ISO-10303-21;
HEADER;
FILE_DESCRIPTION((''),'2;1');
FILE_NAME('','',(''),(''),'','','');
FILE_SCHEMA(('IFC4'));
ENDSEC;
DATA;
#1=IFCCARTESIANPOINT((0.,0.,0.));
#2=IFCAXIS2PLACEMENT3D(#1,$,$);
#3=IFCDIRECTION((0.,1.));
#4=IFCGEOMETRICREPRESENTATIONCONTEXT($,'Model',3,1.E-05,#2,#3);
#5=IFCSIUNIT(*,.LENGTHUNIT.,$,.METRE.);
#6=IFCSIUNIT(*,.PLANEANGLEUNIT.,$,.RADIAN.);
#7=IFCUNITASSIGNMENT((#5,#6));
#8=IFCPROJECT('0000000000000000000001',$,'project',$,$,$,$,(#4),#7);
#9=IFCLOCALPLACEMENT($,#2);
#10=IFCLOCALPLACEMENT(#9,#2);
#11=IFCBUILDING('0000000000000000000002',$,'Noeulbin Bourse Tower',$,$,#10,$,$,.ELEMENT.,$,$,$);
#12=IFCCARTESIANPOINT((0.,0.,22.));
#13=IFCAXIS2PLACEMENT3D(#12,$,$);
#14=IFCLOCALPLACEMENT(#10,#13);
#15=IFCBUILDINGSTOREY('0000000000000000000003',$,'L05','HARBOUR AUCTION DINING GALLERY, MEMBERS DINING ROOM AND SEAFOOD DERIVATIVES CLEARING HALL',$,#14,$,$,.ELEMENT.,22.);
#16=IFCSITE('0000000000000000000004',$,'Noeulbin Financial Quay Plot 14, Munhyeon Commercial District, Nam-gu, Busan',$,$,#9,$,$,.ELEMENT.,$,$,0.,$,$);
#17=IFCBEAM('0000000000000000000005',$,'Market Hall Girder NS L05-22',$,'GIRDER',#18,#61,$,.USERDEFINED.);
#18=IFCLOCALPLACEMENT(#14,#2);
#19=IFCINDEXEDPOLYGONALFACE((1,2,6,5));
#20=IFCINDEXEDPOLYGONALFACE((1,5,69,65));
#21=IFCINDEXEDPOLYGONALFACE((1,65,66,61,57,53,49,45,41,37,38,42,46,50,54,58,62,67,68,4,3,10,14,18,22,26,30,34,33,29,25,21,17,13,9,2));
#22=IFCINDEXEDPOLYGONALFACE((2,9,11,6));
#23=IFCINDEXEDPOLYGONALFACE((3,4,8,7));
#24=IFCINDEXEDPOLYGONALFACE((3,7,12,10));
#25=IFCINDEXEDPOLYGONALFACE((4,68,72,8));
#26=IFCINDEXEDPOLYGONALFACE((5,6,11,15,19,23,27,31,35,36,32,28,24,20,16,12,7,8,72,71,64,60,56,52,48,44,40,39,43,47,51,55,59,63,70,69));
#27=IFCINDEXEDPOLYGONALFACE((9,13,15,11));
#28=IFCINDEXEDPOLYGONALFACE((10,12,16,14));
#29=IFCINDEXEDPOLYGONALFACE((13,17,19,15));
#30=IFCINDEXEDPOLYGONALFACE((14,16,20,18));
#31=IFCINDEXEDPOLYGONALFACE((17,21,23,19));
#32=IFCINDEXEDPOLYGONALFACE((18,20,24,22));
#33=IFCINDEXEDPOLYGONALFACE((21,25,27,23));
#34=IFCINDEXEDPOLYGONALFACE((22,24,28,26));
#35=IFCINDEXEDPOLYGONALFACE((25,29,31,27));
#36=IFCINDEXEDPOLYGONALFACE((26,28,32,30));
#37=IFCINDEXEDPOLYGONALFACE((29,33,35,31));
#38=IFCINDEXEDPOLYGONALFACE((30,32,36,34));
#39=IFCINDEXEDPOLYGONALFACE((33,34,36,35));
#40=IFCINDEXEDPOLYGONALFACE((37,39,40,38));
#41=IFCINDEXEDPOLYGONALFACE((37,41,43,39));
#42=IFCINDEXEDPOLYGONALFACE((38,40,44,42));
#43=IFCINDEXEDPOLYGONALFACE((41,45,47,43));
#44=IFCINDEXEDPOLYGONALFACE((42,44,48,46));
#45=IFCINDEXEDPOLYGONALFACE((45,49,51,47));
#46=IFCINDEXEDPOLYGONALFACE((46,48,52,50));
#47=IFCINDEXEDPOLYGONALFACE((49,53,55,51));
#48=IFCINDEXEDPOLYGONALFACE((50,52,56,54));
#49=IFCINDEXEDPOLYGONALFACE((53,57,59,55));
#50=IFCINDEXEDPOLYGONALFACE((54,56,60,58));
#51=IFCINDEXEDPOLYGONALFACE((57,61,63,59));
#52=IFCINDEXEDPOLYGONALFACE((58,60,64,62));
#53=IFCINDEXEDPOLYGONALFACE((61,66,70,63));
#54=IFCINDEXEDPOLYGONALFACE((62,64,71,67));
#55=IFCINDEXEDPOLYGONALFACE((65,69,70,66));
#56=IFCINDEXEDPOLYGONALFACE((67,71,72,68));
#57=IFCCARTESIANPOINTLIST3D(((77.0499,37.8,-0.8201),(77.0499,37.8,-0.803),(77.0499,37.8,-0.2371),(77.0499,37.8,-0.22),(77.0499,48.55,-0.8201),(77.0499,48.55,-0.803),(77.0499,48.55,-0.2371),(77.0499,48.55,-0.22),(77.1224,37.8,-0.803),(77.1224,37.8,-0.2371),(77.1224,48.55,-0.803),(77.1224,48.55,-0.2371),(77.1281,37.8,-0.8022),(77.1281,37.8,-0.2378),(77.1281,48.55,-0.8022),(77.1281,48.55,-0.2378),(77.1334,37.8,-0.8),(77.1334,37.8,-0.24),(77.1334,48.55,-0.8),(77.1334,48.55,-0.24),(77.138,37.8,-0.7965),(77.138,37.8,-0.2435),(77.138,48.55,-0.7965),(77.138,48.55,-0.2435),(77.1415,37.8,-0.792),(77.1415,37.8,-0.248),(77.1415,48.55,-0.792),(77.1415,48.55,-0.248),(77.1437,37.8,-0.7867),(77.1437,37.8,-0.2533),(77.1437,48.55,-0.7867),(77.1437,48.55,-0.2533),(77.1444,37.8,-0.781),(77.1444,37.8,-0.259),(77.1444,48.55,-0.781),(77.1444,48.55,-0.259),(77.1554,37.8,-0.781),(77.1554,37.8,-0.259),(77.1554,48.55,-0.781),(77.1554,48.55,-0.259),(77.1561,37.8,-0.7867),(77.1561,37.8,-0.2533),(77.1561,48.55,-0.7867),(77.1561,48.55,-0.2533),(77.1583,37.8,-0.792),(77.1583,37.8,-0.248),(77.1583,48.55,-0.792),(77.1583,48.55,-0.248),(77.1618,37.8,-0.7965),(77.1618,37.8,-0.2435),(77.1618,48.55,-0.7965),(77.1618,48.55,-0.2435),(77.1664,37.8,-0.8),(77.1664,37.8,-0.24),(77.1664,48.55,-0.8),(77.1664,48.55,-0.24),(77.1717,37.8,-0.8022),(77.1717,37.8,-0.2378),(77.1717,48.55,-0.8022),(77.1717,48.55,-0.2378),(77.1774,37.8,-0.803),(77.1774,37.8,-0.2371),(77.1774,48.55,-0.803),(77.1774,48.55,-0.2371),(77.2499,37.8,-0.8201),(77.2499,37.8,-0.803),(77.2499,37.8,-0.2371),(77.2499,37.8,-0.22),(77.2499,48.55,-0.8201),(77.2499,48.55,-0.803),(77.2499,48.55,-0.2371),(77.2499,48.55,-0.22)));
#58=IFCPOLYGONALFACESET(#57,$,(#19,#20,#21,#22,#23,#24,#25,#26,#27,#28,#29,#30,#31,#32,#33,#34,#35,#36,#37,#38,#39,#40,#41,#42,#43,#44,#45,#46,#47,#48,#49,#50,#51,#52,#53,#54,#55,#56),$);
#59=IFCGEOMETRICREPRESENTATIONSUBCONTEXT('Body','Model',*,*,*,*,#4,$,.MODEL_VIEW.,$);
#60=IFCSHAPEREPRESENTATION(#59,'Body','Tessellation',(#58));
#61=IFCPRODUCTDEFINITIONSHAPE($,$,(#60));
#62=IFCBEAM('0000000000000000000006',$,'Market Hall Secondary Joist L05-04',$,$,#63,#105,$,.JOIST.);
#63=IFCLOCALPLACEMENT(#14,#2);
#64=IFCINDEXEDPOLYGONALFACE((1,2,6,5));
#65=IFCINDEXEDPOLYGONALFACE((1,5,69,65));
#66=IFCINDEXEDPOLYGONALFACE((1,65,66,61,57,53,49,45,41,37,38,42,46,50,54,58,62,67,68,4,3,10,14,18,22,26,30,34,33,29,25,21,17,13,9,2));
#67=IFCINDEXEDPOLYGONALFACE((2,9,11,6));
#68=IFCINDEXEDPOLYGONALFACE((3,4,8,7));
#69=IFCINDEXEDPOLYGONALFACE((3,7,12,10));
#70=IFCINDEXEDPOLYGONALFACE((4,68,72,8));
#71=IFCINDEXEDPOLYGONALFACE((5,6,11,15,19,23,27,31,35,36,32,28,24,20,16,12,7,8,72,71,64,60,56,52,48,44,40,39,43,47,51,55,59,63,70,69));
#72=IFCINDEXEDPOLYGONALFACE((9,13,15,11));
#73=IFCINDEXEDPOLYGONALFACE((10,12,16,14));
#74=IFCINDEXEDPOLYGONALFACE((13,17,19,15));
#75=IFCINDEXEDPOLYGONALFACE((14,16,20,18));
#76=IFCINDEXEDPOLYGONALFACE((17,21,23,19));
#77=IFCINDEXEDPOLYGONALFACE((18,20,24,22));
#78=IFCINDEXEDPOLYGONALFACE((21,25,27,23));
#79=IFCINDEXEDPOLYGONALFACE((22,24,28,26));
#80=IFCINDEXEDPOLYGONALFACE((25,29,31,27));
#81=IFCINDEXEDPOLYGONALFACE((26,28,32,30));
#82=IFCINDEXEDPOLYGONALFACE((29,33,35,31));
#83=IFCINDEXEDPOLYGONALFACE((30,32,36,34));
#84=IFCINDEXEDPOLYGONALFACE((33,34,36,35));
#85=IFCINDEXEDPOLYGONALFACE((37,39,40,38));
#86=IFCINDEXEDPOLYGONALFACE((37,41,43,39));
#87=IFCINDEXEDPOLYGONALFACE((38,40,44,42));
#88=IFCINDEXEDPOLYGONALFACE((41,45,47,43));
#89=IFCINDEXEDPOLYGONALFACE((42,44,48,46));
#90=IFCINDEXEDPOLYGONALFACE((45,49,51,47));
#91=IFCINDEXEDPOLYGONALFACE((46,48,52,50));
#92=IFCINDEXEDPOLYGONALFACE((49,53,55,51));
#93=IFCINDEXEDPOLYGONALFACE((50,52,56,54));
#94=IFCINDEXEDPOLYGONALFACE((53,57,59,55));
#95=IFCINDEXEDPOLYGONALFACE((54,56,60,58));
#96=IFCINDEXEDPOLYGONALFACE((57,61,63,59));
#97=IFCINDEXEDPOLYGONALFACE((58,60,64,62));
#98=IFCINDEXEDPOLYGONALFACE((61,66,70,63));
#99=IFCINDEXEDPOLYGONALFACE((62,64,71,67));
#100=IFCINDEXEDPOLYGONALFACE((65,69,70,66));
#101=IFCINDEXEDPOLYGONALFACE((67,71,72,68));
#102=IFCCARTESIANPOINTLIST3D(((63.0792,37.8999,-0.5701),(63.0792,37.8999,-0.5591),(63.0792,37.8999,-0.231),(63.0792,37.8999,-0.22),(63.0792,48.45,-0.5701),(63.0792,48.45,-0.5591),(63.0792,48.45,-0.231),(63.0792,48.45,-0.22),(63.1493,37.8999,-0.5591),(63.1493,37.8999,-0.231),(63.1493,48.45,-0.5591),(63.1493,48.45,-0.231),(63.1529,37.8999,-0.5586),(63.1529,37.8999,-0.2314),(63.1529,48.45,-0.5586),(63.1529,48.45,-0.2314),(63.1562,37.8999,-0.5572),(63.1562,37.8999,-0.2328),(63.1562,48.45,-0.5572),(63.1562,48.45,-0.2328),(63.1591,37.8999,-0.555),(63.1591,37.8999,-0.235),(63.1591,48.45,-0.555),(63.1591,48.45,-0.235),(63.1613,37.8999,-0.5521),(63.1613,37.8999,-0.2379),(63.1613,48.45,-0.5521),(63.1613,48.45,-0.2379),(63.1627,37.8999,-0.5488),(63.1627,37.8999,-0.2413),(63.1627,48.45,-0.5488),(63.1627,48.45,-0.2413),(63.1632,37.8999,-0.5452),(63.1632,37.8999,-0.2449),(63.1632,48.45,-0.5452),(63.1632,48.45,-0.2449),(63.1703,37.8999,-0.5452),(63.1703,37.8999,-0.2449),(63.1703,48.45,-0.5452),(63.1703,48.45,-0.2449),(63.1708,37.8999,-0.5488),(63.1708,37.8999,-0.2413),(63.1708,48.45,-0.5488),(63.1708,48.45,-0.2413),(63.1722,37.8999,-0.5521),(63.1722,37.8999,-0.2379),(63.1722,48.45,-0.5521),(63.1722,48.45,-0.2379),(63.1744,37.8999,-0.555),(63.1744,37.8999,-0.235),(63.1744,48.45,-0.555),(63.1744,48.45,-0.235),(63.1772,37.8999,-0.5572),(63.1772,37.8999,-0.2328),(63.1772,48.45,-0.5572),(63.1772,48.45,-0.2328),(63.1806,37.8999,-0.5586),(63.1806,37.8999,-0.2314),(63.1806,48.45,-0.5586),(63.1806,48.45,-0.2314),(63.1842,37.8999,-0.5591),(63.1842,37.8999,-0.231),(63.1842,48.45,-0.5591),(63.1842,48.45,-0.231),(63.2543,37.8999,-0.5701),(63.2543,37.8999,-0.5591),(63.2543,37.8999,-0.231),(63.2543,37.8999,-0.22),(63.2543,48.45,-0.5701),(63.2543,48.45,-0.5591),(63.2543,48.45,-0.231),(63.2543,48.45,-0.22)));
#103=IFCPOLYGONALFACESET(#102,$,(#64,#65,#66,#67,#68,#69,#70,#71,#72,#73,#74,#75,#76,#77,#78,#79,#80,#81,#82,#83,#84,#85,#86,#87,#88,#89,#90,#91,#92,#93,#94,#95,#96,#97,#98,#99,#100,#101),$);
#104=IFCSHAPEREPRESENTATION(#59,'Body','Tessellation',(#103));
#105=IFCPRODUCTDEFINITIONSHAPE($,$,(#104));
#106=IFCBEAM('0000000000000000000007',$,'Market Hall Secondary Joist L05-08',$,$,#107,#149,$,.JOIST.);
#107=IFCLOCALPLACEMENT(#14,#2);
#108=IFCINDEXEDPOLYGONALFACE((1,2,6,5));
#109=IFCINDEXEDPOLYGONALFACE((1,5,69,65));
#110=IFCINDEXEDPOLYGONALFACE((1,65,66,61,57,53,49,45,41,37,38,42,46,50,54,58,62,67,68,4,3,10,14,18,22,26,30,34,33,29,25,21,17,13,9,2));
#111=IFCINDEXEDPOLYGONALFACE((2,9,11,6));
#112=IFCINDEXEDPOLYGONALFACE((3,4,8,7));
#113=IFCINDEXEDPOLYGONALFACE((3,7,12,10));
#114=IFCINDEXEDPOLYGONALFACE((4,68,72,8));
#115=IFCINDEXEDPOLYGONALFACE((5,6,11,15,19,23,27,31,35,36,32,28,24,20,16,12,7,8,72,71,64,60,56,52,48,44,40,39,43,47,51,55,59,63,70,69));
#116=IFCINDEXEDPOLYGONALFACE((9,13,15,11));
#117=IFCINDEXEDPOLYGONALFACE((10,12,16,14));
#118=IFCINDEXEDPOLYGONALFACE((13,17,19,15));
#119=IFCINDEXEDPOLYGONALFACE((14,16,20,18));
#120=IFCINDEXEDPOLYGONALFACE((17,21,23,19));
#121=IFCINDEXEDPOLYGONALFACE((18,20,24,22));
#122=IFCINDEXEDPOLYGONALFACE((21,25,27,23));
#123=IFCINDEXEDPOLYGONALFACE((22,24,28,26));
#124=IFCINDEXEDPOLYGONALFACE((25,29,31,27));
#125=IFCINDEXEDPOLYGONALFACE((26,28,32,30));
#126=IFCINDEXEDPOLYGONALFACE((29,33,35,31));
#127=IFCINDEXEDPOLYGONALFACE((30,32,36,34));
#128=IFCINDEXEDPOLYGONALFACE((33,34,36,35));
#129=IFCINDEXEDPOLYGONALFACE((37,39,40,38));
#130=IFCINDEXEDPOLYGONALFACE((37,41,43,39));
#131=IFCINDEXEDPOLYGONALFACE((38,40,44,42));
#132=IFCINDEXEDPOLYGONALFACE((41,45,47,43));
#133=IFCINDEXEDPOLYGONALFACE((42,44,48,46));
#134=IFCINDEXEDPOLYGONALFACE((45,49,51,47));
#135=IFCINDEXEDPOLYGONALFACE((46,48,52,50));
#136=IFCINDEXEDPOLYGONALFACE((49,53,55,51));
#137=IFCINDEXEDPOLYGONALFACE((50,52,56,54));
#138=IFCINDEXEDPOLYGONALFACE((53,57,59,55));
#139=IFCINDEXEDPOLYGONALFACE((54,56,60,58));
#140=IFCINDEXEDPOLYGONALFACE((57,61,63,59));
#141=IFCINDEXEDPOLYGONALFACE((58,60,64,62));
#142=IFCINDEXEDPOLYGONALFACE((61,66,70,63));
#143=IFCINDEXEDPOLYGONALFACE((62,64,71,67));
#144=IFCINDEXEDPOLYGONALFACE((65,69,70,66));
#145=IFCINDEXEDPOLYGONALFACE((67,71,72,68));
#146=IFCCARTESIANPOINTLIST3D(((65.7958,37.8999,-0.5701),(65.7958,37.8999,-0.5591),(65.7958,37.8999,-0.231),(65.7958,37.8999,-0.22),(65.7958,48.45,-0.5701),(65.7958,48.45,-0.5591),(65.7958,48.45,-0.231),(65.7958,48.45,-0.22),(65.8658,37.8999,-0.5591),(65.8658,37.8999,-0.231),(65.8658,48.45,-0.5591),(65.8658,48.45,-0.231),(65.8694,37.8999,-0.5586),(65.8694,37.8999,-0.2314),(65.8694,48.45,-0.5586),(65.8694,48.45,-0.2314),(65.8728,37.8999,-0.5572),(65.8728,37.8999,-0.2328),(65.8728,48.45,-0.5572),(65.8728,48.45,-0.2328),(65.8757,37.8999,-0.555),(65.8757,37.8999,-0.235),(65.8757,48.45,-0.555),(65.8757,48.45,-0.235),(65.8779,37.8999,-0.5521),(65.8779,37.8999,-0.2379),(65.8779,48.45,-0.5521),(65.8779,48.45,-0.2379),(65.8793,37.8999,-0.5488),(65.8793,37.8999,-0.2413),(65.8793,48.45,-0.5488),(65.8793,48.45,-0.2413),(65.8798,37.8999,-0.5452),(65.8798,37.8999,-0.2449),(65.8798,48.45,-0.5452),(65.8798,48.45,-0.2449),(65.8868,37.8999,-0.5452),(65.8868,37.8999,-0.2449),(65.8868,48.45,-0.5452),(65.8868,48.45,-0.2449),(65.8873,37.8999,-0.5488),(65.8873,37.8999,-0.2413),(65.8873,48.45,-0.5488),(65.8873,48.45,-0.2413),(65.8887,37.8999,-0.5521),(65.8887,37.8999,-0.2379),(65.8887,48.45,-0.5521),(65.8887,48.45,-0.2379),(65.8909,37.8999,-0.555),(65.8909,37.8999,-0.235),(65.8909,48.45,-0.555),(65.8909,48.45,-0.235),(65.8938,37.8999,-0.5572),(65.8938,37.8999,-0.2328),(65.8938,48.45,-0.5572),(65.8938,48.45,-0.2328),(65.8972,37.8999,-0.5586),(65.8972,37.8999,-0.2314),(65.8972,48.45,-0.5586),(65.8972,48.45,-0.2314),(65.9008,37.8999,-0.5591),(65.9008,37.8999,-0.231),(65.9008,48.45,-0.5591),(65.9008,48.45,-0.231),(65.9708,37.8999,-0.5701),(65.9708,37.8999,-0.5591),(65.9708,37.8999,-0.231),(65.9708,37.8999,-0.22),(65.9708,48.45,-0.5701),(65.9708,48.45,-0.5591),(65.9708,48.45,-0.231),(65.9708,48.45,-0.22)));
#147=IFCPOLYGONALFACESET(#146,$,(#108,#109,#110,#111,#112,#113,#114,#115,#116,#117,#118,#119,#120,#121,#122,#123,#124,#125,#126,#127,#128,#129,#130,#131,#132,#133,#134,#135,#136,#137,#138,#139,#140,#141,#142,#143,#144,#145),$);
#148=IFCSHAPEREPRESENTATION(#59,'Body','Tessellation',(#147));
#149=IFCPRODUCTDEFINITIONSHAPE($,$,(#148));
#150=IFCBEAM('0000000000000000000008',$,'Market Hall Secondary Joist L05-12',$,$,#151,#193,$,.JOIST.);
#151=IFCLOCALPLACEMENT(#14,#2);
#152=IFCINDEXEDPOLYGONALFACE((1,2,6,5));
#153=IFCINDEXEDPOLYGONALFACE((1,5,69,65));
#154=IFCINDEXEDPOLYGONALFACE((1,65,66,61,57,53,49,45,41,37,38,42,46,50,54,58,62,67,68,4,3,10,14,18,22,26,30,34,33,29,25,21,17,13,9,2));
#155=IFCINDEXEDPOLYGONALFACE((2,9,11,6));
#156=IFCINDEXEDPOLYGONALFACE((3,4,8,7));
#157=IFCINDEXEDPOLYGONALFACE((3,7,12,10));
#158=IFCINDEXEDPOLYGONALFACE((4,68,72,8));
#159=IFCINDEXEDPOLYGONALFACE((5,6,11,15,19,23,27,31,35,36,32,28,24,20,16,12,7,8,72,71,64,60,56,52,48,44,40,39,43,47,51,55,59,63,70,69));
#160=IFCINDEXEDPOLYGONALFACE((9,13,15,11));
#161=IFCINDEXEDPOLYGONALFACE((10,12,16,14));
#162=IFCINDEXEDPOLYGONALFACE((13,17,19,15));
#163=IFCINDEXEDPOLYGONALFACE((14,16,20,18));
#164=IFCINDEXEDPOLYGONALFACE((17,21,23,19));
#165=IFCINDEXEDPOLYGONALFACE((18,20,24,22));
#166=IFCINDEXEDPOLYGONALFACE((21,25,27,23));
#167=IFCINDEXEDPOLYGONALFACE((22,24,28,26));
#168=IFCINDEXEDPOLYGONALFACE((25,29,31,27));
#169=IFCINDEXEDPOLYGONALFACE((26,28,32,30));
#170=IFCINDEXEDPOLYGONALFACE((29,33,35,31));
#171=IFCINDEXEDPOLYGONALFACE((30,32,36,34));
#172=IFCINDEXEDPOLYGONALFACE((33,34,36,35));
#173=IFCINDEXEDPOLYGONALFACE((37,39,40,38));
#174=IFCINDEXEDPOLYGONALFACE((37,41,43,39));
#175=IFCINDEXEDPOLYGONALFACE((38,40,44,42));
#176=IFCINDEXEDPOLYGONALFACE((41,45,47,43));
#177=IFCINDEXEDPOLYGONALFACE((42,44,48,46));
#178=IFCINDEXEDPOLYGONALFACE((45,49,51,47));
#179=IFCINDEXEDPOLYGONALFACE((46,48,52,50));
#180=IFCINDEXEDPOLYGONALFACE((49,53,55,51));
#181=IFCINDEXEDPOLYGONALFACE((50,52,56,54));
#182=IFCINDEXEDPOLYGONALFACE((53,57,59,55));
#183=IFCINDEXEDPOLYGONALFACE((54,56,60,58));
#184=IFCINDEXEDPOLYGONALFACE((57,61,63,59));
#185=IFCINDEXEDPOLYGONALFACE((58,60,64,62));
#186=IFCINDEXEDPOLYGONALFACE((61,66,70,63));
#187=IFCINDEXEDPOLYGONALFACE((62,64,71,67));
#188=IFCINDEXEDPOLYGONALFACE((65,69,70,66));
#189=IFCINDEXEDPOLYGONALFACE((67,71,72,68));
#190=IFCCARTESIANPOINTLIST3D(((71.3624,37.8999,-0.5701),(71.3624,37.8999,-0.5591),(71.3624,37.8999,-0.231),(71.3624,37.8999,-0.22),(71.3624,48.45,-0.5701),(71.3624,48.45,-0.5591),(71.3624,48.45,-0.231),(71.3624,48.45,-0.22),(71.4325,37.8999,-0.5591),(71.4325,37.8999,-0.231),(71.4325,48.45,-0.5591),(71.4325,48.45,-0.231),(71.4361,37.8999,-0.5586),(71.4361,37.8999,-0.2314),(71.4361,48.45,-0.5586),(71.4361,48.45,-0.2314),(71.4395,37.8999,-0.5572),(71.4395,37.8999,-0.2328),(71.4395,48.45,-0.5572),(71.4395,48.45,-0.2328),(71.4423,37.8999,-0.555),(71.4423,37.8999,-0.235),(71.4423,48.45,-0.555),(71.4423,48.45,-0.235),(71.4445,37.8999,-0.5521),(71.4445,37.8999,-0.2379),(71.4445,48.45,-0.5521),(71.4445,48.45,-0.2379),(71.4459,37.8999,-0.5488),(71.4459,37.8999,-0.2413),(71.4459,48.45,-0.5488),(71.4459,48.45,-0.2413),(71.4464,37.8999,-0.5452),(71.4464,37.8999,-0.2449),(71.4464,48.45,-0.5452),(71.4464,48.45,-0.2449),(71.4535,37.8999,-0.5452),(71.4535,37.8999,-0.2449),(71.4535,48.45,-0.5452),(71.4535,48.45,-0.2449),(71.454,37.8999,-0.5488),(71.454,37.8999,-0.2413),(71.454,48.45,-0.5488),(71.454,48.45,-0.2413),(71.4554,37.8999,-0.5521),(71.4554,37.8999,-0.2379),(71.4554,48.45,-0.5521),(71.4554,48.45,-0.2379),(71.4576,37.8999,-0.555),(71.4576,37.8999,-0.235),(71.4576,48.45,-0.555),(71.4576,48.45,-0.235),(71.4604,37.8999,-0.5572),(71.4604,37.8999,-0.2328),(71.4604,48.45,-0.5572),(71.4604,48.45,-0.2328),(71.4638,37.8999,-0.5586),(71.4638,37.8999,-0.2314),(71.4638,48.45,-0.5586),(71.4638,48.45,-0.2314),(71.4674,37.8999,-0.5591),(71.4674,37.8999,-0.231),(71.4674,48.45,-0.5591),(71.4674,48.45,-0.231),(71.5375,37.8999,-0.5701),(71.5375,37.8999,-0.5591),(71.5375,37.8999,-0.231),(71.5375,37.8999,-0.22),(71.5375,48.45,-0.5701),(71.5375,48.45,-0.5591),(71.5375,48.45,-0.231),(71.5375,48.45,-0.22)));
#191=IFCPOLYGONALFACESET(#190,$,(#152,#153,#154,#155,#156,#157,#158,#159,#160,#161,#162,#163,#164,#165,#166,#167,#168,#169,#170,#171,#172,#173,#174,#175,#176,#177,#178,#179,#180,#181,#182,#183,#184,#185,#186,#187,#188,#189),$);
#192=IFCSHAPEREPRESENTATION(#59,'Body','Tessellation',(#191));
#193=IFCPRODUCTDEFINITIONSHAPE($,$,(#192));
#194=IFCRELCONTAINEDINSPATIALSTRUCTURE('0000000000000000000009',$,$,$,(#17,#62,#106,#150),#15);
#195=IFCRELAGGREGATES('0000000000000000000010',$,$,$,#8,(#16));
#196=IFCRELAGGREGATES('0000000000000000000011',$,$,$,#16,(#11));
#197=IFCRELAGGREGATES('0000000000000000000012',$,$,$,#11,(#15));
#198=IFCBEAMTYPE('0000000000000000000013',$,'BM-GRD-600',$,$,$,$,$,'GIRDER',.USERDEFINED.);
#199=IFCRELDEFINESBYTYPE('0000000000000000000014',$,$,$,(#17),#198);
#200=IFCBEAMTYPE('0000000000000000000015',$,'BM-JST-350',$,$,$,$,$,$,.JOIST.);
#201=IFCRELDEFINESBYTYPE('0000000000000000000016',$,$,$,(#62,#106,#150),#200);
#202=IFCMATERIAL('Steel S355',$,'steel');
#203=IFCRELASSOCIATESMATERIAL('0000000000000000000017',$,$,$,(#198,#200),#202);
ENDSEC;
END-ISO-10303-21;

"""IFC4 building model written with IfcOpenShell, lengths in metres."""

from ifc_helpers import new_model, si_unit, direction, frame, origin, origin_2d, place, context, subcontext, project, spatial, i_section, extrude, material, material_profile, profile_set, type_object, element, save


model = new_model("IFC4")

# Units and contexts
model_context = context("Model", 3, precision=1e-05, world=origin(), true_north=direction((0.0, 1.0)))
body_context = subcontext(model_context, "Body", "Model", "MODEL_VIEW")
ifc_project = project(units=[si_unit("LENGTHUNIT", "METRE"), si_unit("PLANEANGLEUNIT", "RADIAN")], contexts=[model_context])

# Site, building, storey
site_placement = place(None, origin())
site = spatial("IfcSite", under=ifc_project, at=site_placement, Name="Noeulbin Financial Quay Plot 14, Munhyeon Commercial District, Nam-gu, Busan", CompositionType="ELEMENT", RefElevation=0.0)
building_placement = place(site_placement, origin())
building = spatial("IfcBuilding", under=site, at=building_placement, Name="Noeulbin Bourse Tower", CompositionType="ELEMENT")
storey_placement = place(building_placement, frame((0.0, 0.0, 22.0)))
storey = spatial("IfcBuildingStorey", under=building, at=storey_placement, Name="L05", Description="HARBOUR AUCTION DINING GALLERY, MEMBERS DINING ROOM AND SEAFOOD DERIVATIVES CLEARING HALL", CompositionType="ELEMENT", Elevation=22.0)

# Shared definitions
ifc_material_1 = material(Name="Steel S355", Category="steel")

# Beams
ifc_material_profile_1 = material_profile(ifc_material_1, i_section(OverallWidth=0.2, OverallDepth=0.6001, WebThickness=0.011, FlangeThickness=0.0171, FilletRadius=0.022, at=origin_2d()), Name="H-600x200x11x17", Category="LoadBearing")
ifc_profile_set_1 = profile_set([ifc_material_profile_1], Name="Steel S355")
beam_type_1 = type_object("IfcBeamType", Name="BM-GRD-600", ElementType="GIRDER", PredefinedType="USERDEFINED", material=ifc_profile_set_1)
for number, where, z_axis, x_axis, name in (
    (1, (77.1499, 37.8, -0.52), (0.0, 1.0, 0.0), (-1.0, 0.0, 0.0), "Market Hall Girder NS L05-22"),
):
    element("IfcBeam", number, at=place(storey_placement, frame(where, z_axis=z_axis, x_axis=x_axis)), inside=storey, type_object=beam_type_1, Name=name, ObjectType="GIRDER", PredefinedType="USERDEFINED", context=body_context, shape_type="SweptSolid", body=[
        extrude(i_section(OverallWidth=0.2, OverallDepth=0.6001, WebThickness=0.011, FlangeThickness=0.0171, FilletRadius=0.022, at=origin_2d()), origin(), (0.0, 0.0, 1.0), 10.75),
    ])
ifc_material_profile_2 = material_profile(ifc_material_1, i_section(OverallWidth=0.175, OverallDepth=0.3501, WebThickness=0.0071, FlangeThickness=0.011, FilletRadius=0.0139, at=origin_2d()), Name="H-350x175x7x11", Category="LoadBearing")
ifc_profile_set_2 = profile_set([ifc_material_profile_2], Name="Steel S355")
beam_type_2 = type_object("IfcBeamType", Name="BM-JST-350", PredefinedType="JOIST", material=ifc_profile_set_2)
for number, where, z_axis, x_axis, name in (
    (2, (63.1667, 37.8999, -0.395), (0.0, 1.0, 0.0), (-1.0, 0.0, 0.0), "Market Hall Secondary Joist L05-04"),
    (3, (65.8833, 37.8999, -0.395), (0.0, 1.0, 0.0), (-1.0, 0.0, 0.0), "Market Hall Secondary Joist L05-08"),
    (4, (71.45, 37.8999, -0.395), (0.0, 1.0, 0.0), (-1.0, 0.0, 0.0), "Market Hall Secondary Joist L05-12"),
):
    element("IfcBeam", number, at=place(storey_placement, frame(where, z_axis=z_axis, x_axis=x_axis)), inside=storey, type_object=beam_type_2, Name=name, PredefinedType="JOIST", context=body_context, shape_type="SweptSolid", body=[
        extrude(i_section(OverallWidth=0.175, OverallDepth=0.3501, WebThickness=0.0071, FlangeThickness=0.011, FilletRadius=0.0139, at=origin_2d()), origin(), (0.0, 0.0, 1.0), 10.55),
    ])

save(model, "model.ifc")
